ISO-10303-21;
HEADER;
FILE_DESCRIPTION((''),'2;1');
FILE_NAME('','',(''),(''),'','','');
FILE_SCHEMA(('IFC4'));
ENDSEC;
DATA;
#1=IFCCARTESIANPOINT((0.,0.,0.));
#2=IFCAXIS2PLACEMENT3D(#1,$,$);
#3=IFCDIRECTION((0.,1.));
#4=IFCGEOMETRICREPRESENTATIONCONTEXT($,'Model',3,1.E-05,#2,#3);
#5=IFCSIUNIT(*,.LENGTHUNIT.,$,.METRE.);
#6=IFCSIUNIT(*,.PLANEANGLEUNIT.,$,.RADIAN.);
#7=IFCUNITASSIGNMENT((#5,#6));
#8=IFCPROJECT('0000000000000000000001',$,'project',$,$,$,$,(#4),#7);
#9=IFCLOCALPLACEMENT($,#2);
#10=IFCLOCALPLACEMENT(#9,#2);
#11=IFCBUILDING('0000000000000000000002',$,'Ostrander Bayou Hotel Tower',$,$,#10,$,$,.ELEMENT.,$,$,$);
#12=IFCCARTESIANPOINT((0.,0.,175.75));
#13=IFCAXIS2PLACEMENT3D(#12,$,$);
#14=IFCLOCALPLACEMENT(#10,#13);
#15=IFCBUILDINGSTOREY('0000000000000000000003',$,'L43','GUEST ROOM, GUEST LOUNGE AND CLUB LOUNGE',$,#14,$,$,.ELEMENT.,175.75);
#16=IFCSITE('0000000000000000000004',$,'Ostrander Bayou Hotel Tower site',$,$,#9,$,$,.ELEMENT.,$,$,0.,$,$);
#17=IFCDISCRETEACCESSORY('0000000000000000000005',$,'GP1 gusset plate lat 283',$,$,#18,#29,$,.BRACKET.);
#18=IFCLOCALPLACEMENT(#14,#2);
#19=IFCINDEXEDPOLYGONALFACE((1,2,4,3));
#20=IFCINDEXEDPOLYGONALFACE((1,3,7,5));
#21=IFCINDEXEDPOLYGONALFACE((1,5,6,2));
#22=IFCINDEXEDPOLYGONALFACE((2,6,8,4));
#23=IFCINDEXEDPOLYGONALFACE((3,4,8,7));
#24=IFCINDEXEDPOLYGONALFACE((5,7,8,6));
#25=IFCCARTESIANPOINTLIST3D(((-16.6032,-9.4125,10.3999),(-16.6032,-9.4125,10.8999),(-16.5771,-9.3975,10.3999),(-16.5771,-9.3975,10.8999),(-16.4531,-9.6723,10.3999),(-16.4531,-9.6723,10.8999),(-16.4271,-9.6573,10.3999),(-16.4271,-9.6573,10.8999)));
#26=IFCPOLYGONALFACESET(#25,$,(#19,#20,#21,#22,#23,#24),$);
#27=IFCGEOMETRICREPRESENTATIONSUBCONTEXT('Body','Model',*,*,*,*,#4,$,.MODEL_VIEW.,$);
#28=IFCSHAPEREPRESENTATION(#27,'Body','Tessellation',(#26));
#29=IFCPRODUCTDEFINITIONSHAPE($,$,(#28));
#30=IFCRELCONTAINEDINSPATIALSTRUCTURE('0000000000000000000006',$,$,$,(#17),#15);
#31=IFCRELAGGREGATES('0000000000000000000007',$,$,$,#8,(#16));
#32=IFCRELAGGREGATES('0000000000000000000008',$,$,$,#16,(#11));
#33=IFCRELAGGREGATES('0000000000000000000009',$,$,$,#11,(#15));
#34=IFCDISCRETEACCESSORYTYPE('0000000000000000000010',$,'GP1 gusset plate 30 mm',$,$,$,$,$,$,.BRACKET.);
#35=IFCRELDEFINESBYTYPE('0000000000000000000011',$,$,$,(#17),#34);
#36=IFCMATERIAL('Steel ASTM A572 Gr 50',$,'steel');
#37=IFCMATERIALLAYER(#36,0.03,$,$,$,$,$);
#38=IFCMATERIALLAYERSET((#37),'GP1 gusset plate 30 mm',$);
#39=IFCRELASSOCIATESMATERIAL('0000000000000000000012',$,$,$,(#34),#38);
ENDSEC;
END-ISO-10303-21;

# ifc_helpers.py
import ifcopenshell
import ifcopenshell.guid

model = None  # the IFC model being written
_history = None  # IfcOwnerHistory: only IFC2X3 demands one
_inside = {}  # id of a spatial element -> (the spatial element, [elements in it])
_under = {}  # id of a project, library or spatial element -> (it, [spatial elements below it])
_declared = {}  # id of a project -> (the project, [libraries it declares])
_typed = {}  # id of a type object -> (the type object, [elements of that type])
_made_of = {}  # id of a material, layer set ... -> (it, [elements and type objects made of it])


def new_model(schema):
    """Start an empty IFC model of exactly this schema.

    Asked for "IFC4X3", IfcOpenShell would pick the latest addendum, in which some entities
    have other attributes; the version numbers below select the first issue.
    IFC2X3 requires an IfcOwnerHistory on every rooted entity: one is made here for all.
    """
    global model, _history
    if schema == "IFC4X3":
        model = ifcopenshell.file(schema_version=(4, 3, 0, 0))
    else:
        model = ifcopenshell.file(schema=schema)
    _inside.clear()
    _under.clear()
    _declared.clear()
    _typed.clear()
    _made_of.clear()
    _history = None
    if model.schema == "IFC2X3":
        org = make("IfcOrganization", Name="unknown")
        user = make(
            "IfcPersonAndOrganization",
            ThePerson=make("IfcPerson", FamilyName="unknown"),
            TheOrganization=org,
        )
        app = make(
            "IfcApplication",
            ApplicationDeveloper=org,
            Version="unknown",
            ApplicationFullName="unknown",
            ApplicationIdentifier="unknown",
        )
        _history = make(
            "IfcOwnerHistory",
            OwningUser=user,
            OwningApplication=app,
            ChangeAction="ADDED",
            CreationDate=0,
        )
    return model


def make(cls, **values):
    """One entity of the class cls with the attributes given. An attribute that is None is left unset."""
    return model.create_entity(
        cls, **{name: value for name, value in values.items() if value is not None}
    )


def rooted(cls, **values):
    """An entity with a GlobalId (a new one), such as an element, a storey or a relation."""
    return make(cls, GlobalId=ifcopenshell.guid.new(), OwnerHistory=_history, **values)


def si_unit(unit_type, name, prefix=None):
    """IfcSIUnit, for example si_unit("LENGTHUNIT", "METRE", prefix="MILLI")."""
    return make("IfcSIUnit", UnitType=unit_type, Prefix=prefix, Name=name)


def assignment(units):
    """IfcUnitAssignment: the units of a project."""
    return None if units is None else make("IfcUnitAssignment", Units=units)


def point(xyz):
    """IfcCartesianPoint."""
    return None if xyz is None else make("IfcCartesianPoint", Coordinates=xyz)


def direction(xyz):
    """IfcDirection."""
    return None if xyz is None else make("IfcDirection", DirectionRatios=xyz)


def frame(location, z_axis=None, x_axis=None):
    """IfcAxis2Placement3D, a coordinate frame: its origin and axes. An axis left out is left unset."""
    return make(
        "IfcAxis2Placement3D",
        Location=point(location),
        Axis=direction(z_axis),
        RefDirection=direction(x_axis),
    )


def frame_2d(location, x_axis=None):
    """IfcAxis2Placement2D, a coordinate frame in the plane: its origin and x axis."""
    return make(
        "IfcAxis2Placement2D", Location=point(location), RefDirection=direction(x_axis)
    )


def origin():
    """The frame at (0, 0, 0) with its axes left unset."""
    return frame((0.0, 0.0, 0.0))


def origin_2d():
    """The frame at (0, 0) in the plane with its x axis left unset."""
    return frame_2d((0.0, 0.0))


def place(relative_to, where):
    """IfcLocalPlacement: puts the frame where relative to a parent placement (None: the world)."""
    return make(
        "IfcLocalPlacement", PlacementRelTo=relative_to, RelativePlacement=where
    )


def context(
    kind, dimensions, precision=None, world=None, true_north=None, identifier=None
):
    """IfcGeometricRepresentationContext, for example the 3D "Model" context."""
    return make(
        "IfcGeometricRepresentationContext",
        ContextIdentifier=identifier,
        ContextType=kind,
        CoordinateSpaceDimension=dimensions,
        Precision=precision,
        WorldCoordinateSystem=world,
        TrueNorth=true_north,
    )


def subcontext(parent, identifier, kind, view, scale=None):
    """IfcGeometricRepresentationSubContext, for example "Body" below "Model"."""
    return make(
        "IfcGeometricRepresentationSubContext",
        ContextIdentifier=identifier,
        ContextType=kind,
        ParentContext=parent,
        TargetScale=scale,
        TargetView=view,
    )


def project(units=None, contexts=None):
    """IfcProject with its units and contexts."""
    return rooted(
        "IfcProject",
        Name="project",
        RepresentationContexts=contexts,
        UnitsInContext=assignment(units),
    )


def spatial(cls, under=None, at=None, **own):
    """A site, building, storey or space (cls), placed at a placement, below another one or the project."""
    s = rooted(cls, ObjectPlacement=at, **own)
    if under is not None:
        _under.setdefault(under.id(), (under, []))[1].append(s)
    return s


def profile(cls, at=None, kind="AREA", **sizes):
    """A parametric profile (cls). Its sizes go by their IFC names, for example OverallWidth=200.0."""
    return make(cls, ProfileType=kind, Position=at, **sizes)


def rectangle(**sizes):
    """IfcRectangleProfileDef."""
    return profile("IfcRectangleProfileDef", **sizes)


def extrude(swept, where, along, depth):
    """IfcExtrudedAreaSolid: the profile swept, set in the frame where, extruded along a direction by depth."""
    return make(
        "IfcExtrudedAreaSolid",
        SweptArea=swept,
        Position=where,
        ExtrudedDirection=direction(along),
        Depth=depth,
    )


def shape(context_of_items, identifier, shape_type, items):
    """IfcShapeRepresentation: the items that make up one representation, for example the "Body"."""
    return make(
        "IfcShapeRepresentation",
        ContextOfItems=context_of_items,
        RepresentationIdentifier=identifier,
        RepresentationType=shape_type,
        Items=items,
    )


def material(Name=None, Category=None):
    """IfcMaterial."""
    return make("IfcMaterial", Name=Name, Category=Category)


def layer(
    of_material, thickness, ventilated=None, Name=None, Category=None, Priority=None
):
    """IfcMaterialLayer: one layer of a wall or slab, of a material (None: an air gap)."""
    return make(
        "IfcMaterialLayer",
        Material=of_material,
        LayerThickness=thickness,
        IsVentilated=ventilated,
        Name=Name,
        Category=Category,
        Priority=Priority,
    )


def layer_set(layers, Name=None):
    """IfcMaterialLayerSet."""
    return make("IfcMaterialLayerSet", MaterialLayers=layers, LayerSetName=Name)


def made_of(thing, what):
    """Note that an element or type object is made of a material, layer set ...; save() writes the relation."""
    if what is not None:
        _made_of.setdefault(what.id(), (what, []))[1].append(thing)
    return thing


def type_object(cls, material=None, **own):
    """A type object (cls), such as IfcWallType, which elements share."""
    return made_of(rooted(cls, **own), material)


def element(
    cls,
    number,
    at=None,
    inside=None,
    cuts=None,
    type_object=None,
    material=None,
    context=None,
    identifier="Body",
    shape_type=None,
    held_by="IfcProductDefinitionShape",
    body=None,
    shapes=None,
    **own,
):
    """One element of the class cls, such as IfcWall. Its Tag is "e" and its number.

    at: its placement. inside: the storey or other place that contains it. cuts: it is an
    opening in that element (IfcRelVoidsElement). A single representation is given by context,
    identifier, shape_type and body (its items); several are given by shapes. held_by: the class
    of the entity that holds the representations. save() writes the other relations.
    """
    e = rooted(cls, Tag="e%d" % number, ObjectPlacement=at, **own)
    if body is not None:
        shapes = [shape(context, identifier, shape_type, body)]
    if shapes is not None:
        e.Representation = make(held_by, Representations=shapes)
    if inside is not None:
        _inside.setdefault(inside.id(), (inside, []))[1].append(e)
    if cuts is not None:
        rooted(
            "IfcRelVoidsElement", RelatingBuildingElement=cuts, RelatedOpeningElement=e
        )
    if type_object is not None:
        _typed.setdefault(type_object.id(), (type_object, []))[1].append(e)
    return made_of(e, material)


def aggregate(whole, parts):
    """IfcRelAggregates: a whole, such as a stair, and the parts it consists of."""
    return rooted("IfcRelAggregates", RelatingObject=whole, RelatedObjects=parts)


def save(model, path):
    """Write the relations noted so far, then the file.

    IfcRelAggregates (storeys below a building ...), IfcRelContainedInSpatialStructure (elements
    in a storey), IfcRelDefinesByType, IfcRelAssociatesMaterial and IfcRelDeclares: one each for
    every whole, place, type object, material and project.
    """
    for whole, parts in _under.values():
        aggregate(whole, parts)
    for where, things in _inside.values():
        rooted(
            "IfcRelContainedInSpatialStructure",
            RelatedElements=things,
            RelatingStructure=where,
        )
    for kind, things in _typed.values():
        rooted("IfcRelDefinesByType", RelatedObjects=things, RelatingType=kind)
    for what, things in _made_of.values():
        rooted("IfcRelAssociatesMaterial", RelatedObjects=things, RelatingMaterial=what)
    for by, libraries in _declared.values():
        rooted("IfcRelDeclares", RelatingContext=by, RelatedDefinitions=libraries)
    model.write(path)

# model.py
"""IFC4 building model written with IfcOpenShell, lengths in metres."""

from ifc_helpers import new_model, si_unit, direction, frame, origin, origin_2d, place, context, subcontext, project, spatial, rectangle, extrude, material, layer, layer_set, type_object, element, save


model = new_model("IFC4")

# Units and contexts
model_context = context("Model", 3, precision=1e-05, world=origin(), true_north=direction((0.0, 1.0)))
body_context = subcontext(model_context, "Body", "Model", "MODEL_VIEW")
ifc_project = project(units=[si_unit("LENGTHUNIT", "METRE"), si_unit("PLANEANGLEUNIT", "RADIAN")], contexts=[model_context])

# Site, building, storey
site_placement = place(None, origin())
site = spatial("IfcSite", under=ifc_project, at=site_placement, Name="Ostrander Bayou Hotel Tower site", CompositionType="ELEMENT", RefElevation=0.0)
building_placement = place(site_placement, origin())
building = spatial("IfcBuilding", under=site, at=building_placement, Name="Ostrander Bayou Hotel Tower", CompositionType="ELEMENT")
storey_placement = place(building_placement, frame((0.0, 0.0, 175.75)))
storey = spatial("IfcBuildingStorey", under=building, at=storey_placement, Name="L43", Description="GUEST ROOM, GUEST LOUNGE AND CLUB LOUNGE", CompositionType="ELEMENT", Elevation=175.75)

# Discrete accessory
ifc_material_1 = material(Name="Steel ASTM A572 Gr 50", Category="steel")
ifc_layer_1 = layer(ifc_material_1, 0.03)
ifc_layer_set_1 = layer_set([ifc_layer_1], Name="GP1 gusset plate 30 mm")
discrete_accessory_type = type_object("IfcDiscreteAccessoryType", Name="GP1 gusset plate 30 mm", PredefinedType="BRACKET", material=ifc_layer_set_1)
for number, where, z_axis, x_axis, name in (
    (1, (-16.5151, -9.5349, 10.3999), (0.0, 0.0, 1.0), (0.5, -0.866025, 0.0), "GP1 gusset plate lat 283"),
):
    element("IfcDiscreteAccessory", number, at=place(storey_placement, frame(where, z_axis=z_axis, x_axis=x_axis)), inside=storey, type_object=discrete_accessory_type, Name=name, PredefinedType="BRACKET", context=body_context, shape_type="SweptSolid", body=[
        extrude(rectangle(XDim=0.3, YDim=0.03, at=origin_2d()), origin(), (0.0, 0.0, 1.0), 0.5),
    ])

save(model, "model.ifc")
